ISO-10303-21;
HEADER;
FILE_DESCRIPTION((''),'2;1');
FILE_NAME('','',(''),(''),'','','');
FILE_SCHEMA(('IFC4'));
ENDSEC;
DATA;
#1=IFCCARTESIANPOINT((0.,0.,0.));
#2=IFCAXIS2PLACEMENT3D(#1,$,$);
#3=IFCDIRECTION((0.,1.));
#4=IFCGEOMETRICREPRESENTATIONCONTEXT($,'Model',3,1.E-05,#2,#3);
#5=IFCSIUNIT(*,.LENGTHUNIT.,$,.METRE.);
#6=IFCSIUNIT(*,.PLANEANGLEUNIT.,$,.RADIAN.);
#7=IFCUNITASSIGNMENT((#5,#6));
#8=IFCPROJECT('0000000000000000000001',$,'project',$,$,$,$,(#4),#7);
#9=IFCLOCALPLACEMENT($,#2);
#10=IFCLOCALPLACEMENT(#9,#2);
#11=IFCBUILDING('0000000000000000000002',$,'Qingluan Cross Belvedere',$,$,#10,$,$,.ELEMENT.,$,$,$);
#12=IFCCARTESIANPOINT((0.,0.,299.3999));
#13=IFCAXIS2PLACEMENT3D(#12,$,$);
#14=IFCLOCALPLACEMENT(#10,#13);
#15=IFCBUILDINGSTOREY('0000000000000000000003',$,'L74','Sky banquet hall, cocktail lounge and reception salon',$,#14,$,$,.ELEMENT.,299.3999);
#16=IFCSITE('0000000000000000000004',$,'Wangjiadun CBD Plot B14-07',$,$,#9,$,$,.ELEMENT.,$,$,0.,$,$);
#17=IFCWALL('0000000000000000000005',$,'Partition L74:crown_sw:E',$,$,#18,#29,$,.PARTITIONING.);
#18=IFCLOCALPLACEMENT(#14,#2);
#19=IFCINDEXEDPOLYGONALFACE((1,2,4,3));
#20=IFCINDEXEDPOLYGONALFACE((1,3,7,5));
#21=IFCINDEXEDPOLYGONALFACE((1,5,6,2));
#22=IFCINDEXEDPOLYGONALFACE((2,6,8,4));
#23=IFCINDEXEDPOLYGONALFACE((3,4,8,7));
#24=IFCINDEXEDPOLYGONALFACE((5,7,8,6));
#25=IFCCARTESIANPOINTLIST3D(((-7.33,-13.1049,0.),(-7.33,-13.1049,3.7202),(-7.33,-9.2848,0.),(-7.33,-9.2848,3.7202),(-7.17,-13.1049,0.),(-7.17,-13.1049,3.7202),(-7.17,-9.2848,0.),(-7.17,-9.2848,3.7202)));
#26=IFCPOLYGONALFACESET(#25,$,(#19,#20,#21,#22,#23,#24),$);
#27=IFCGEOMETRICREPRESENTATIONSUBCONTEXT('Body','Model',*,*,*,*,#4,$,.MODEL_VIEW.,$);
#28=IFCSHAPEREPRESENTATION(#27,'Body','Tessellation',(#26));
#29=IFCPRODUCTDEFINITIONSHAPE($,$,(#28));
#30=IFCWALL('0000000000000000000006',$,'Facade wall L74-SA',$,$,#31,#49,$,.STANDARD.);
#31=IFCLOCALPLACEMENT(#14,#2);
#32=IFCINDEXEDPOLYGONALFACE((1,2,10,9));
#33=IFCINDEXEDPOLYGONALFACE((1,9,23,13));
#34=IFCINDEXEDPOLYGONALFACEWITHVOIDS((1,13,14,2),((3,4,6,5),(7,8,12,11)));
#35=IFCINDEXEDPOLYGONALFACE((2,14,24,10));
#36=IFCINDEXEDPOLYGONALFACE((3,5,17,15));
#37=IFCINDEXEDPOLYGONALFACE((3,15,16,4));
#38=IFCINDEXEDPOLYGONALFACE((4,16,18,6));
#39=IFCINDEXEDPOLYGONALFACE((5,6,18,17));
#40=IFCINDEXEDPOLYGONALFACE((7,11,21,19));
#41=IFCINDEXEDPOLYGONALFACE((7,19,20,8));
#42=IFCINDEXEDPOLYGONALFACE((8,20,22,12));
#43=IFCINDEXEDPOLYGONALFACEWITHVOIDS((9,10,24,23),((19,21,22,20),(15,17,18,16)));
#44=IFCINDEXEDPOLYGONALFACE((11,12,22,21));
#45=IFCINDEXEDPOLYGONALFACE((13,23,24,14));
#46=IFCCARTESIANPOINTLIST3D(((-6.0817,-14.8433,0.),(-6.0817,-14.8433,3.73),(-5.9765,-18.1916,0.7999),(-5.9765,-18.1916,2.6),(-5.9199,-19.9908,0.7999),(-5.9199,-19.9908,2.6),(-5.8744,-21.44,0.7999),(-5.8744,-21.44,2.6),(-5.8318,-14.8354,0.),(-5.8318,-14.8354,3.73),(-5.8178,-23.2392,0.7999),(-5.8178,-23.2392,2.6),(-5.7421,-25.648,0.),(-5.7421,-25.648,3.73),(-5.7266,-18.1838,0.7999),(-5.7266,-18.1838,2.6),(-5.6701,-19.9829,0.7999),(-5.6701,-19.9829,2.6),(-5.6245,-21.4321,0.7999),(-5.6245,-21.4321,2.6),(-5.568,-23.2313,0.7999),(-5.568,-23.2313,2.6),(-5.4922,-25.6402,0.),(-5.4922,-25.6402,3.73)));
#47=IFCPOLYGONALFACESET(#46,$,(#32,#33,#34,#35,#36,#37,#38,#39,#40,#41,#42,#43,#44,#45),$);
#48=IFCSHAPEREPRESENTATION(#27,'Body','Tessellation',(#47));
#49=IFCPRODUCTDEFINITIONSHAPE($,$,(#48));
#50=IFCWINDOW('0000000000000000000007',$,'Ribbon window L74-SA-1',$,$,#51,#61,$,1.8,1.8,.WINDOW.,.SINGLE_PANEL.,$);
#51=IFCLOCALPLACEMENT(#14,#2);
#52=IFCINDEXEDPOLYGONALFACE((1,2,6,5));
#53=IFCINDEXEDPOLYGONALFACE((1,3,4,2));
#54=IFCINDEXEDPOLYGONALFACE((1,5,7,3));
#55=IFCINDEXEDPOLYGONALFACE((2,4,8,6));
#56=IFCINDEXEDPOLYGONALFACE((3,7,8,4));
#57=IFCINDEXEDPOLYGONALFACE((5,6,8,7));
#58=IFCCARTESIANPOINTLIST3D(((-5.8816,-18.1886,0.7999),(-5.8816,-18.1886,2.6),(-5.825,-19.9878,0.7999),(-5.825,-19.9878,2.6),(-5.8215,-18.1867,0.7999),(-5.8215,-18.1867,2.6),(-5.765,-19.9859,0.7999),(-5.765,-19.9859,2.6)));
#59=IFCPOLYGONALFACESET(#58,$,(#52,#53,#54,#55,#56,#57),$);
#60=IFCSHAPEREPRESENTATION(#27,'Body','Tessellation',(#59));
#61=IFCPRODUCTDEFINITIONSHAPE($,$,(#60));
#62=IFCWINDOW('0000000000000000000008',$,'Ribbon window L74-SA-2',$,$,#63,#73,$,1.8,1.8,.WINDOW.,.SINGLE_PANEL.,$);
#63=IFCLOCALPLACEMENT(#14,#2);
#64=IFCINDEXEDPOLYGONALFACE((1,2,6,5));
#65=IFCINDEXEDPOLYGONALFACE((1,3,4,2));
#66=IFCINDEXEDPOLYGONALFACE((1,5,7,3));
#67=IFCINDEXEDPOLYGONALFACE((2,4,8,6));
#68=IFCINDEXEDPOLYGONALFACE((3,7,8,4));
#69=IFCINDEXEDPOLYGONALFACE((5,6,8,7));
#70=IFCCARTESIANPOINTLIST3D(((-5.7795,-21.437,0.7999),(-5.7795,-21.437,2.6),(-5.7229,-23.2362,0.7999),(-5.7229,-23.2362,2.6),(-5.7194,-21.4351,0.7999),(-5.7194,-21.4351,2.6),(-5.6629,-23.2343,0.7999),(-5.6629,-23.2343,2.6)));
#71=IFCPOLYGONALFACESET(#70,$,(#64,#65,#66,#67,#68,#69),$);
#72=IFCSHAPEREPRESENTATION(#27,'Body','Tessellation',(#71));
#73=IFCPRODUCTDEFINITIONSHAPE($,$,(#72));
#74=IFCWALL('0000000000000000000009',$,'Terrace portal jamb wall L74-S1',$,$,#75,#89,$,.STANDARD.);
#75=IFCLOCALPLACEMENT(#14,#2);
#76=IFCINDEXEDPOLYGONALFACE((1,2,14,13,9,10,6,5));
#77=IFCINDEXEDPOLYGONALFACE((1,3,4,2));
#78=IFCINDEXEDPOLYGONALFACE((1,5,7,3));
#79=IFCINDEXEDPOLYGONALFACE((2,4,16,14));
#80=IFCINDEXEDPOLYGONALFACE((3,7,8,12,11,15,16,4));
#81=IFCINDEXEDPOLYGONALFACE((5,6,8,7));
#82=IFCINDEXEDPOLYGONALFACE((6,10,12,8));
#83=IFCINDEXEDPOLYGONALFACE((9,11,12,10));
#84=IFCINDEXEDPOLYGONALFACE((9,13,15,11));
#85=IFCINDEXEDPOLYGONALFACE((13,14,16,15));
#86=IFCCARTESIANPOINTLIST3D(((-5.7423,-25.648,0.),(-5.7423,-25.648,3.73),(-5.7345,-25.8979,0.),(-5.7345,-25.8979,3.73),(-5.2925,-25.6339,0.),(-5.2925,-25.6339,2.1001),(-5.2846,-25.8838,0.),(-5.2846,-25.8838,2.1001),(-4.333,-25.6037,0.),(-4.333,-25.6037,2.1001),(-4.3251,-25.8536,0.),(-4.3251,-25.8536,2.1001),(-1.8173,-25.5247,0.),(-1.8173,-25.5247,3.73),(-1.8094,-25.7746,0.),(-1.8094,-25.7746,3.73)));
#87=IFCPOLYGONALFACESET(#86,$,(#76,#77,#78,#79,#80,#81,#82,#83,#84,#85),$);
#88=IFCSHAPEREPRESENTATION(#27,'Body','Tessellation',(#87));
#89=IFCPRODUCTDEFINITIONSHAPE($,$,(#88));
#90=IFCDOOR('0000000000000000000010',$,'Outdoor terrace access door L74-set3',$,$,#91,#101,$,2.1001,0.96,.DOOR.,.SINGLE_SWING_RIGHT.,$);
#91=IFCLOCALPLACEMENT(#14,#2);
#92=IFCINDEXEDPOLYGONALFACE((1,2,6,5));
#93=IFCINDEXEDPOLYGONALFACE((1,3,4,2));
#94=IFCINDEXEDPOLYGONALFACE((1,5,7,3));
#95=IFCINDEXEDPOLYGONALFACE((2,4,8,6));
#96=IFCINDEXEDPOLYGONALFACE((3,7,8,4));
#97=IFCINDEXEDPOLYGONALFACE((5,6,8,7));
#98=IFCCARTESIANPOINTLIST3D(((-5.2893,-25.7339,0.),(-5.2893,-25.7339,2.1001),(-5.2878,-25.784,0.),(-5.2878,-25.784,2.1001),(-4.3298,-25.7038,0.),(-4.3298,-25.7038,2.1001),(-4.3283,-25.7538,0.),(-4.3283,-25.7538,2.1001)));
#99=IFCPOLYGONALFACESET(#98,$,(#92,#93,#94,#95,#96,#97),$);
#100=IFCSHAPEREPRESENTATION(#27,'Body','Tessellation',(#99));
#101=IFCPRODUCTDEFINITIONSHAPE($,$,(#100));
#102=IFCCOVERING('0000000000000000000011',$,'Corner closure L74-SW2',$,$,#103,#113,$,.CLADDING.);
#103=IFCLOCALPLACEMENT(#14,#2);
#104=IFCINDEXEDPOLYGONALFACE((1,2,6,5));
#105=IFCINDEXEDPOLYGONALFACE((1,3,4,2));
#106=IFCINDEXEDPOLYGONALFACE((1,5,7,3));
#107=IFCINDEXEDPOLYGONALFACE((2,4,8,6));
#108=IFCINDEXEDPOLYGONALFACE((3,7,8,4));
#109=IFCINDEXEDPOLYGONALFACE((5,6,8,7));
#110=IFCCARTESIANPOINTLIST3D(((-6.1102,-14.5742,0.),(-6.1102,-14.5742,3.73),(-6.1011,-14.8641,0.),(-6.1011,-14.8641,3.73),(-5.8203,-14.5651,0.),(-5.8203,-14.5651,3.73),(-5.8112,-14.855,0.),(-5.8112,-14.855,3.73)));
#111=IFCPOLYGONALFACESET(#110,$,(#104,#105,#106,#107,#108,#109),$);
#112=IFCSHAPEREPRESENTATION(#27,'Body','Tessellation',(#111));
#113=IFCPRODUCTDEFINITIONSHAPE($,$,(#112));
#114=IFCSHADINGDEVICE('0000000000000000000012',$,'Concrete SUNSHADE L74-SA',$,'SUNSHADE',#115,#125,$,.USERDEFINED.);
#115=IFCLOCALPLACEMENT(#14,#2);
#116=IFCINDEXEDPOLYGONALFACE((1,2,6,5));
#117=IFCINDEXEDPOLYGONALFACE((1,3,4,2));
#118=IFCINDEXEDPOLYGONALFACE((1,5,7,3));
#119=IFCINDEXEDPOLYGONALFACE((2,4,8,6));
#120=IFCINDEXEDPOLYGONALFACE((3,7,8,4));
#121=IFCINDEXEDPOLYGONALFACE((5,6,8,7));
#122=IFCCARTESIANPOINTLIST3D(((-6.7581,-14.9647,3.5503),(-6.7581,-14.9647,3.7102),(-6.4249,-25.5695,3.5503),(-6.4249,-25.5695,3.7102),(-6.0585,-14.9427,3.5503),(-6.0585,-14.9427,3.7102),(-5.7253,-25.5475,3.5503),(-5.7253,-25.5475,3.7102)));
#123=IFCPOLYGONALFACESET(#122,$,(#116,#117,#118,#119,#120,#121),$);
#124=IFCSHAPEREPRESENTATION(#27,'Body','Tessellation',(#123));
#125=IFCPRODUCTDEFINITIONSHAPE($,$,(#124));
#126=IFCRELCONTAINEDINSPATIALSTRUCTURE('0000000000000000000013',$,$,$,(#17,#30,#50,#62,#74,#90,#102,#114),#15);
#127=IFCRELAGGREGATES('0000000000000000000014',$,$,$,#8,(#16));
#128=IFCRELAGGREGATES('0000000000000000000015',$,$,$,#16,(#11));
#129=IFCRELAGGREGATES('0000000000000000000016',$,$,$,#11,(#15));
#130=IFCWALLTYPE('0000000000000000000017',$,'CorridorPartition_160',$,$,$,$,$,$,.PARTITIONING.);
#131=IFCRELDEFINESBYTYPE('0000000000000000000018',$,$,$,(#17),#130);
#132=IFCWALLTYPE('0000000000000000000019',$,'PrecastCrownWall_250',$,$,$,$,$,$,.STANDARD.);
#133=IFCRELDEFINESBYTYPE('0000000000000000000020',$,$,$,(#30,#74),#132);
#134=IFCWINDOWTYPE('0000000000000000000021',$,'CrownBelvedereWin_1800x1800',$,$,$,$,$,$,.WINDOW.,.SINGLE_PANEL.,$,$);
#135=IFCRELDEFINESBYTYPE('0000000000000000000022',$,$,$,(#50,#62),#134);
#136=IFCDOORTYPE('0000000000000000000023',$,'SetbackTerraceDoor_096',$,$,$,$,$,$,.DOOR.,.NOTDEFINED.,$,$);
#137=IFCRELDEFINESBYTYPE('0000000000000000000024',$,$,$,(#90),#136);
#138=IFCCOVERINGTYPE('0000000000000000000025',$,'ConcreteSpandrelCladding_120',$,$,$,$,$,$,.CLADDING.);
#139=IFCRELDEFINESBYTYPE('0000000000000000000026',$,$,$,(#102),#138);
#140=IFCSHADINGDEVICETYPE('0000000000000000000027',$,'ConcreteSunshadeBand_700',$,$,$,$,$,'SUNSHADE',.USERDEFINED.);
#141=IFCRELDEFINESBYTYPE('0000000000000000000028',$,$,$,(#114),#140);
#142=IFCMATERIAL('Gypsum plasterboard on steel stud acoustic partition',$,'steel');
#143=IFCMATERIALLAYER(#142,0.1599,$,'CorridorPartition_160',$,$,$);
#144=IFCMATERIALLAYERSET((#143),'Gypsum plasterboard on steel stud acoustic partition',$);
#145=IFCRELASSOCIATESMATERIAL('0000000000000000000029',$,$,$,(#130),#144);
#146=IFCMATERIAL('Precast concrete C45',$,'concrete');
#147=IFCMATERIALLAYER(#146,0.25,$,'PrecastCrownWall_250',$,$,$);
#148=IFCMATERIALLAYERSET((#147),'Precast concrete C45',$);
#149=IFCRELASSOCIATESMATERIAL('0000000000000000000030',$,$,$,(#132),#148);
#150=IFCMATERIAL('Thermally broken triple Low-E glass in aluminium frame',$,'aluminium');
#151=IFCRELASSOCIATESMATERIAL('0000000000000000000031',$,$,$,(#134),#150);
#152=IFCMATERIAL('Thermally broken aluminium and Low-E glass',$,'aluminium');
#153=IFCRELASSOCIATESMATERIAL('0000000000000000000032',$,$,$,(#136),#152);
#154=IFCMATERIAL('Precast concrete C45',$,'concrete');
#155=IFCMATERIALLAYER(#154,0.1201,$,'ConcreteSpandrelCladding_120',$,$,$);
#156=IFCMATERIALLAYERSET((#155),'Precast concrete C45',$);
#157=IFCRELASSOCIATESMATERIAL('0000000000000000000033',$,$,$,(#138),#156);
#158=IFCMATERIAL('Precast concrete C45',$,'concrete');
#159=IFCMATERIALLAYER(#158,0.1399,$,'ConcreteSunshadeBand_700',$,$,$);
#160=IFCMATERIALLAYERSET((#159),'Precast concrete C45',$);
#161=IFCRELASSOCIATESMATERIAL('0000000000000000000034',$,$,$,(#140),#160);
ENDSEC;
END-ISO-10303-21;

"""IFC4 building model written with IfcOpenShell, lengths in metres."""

from ifc_helpers import new_model, si_unit, direction, frame, frame_2d, origin, origin_2d, place, context, subcontext, project, spatial, rectangle, extrude, material, layer, layer_set, type_object, element, fill, save


model = new_model("IFC4")

# Units and contexts
model_context = context("Model", 3, precision=1e-05, world=origin(), true_north=direction((0.0, 1.0)))
body_context = subcontext(model_context, "Body", "Model", "MODEL_VIEW")
ifc_project = project(units=[si_unit("LENGTHUNIT", "METRE"), si_unit("PLANEANGLEUNIT", "RADIAN")], contexts=[model_context])

# Site, building, storey
site_placement = place(None, origin())
site = spatial("IfcSite", under=ifc_project, at=site_placement, Name="Wangjiadun CBD Plot B14-07", CompositionType="ELEMENT", RefElevation=0.0)
building_placement = place(site_placement, origin())
building = spatial("IfcBuilding", under=site, at=building_placement, Name="Qingluan Cross Belvedere", CompositionType="ELEMENT")
storey_placement = place(building_placement, frame((0.0, 0.0, 299.3999)))
storey = spatial("IfcBuildingStorey", under=building, at=storey_placement, Name="L74", Description="Sky banquet hall, cocktail lounge and reception salon", CompositionType="ELEMENT", Elevation=299.3999)

# Wall
ifc_material_1 = material(Name="Gypsum plasterboard on steel stud acoustic partition", Category="steel")
ifc_layer_1 = layer(ifc_material_1, 0.1599, Name="CorridorPartition_160")
ifc_layer_set_1 = layer_set([ifc_layer_1], Name="Gypsum plasterboard on steel stud acoustic partition")
wall_type_1 = type_object("IfcWallType", Name="CorridorPartition_160", PredefinedType="PARTITIONING", material=ifc_layer_set_1)
wall_1_placement = place(storey_placement, frame((-7.25, -13.105, 0.0), z_axis=(0.0, 0.0, 1.0), x_axis=(0.0, 1.0, 0.0)))
element("IfcWall", 1, at=wall_1_placement, inside=storey, type_object=wall_type_1, Name="Partition L74:crown_sw:E", PredefinedType="PARTITIONING", context=body_context, shape_type="SweptSolid", body=[
    extrude(rectangle(XDim=3.8201, YDim=0.1599, at=frame_2d((1.9102, 0.0))), origin(), (0.0, 0.0, 1.0), 3.7202),
])

# Wall, openings, windows
ifc_material_2 = material(Name="Precast concrete C45", Category="concrete")
ifc_layer_2 = layer(ifc_material_2, 0.25, Name="PrecastCrownWall_250")
ifc_layer_set_2 = layer_set([ifc_layer_2], Name="Precast concrete C45")
wall_type_2 = type_object("IfcWallType", Name="PrecastCrownWall_250", PredefinedType="STANDARD", material=ifc_layer_set_2)
wall_2_placement = place(storey_placement, frame((-5.9568, -14.8394, 0.0), z_axis=(0.0, 0.0, 1.0), x_axis=(0.031415, -0.999506, 0.0)))
wall_2 = element("IfcWall", 2, at=wall_2_placement, inside=storey, type_object=wall_type_2, Name="Facade wall L74-SA", PredefinedType="STANDARD", context=body_context, shape_type="SweptSolid", body=[
    extrude(rectangle(XDim=10.8101, YDim=0.25, at=frame_2d((5.405, 0.0))), origin(), (0.0, 0.0, 1.0), 3.73),
])
opening_1_placement = place(wall_2_placement, frame((3.3501, 0.0, 0.8)))
opening_1 = element("IfcOpeningElement", 3, at=opening_1_placement, cuts=wall_2, PredefinedType="OPENING", context=body_context, shape_type="SweptSolid", body=[
    extrude(rectangle(XDim=1.8, YDim=1.8, at=frame_2d((0.8999, 0.8999))), frame((0.0, 0.135, 0.0), z_axis=(0.0, -1.0, 0.0), x_axis=(1.0, 0.0, 0.0)), (0.0, 0.0, 1.0), 0.27),
])
opening_2_placement = place(wall_2_placement, frame((6.6001, 0.0, 0.8)))
opening_2 = element("IfcOpeningElement", 4, at=opening_2_placement, cuts=wall_2, PredefinedType="OPENING", context=body_context, shape_type="SweptSolid", body=[
    extrude(rectangle(XDim=1.8, YDim=1.8, at=frame_2d((0.8999, 0.8999))), frame((0.0, 0.135, 0.0), z_axis=(0.0, -1.0, 0.0), x_axis=(1.0, 0.0, 0.0)), (0.0, 0.0, 1.0), 0.27),
])
ifc_material_3 = material(Name="Thermally broken triple Low-E glass in aluminium frame", Category="aluminium")
window_type = type_object("IfcWindowType", Name="CrownBelvedereWin_1800x1800", PartitioningType="SINGLE_PANEL", PredefinedType="WINDOW", material=ifc_material_3)
window_1_placement = place(opening_1_placement, origin())
window_1 = element("IfcWindow", 5, at=window_1_placement, inside=storey, type_object=window_type, Name="Ribbon window L74-SA-1", OverallHeight=1.8, OverallWidth=1.8, PartitioningType="SINGLE_PANEL", PredefinedType="WINDOW", context=body_context, shape_type="SweptSolid", body=[
    extrude(rectangle(XDim=1.8, YDim=1.8, at=frame_2d((0.8999, 0.8999))), frame((0.0, 0.03, 0.0), z_axis=(0.0, -1.0, 0.0), x_axis=(1.0, 0.0, 0.0)), (0.0, 0.0, 1.0), 0.0601),
])
fill(opening_1, window_1)
window_2_placement = place(opening_2_placement, origin())
window_2 = element("IfcWindow", 6, at=window_2_placement, inside=storey, type_object=window_type, Name="Ribbon window L74-SA-2", OverallHeight=1.8, OverallWidth=1.8, PartitioningType="SINGLE_PANEL", PredefinedType="WINDOW", context=body_context, shape_type="SweptSolid", body=[
    extrude(rectangle(XDim=1.8, YDim=1.8, at=frame_2d((0.8999, 0.8999))), frame((0.0, 0.03, 0.0), z_axis=(0.0, -1.0, 0.0), x_axis=(1.0, 0.0, 0.0)), (0.0, 0.0, 1.0), 0.0601),
])
fill(opening_2, window_2)

# Wall, opening, door
wall_3_placement = place(storey_placement, frame((-5.7383, -25.7729, 0.0), z_axis=(0.0, 0.0, 1.0), x_axis=(0.999507, 0.031396, 0.0)))
wall_3 = element("IfcWall", 7, at=wall_3_placement, inside=storey, type_object=wall_type_2, Name="Terrace portal jamb wall L74-S1", PredefinedType="STANDARD", context=body_context, shape_type="SweptSolid", body=[
    extrude(rectangle(XDim=3.927, YDim=0.25, at=frame_2d((1.9634, 0.0))), origin(), (0.0, 0.0, 1.0), 3.73),
])
opening_3_placement = place(wall_3_placement, frame((0.45, 0.0, 0.0)))
opening_3 = element("IfcOpeningElement", 8, at=opening_3_placement, cuts=wall_3, PredefinedType="OPENING", context=body_context, shape_type="SweptSolid", body=[
    extrude(rectangle(XDim=0.96, YDim=2.1001, at=frame_2d((0.48, 1.05))), frame((0.0, 0.135, 0.0), z_axis=(0.0, -1.0, 0.0), x_axis=(1.0, 0.0, 0.0)), (0.0, 0.0, 1.0), 0.27),
])
ifc_material_4 = material(Name="Thermally broken aluminium and Low-E glass", Category="aluminium")
door_type = type_object("IfcDoorType", Name="SetbackTerraceDoor_096", OperationType="NOTDEFINED", PredefinedType="DOOR", material=ifc_material_4)
door_placement = place(opening_3_placement, origin())
door = element("IfcDoor", 9, at=door_placement, inside=storey, type_object=door_type, Name="Outdoor terrace access door L74-set3", OperationType="SINGLE_SWING_RIGHT", OverallHeight=2.1001, OverallWidth=0.96, PredefinedType="DOOR", context=body_context, shape_type="SweptSolid", body=[
    extrude(rectangle(XDim=0.96, YDim=2.1001, at=frame_2d((0.48, 1.05))), frame((0.0, 0.0249, 0.0), z_axis=(0.0, -1.0, 0.0), x_axis=(1.0, 0.0, 0.0)), (0.0, 0.0, 1.0), 0.05),
])
fill(opening_3, door)

# Covering
ifc_material_5 = material(Name="Precast concrete C45", Category="concrete")
ifc_layer_3 = layer(ifc_material_5, 0.1201, Name="ConcreteSpandrelCladding_120")
ifc_layer_set_3 = layer_set([ifc_layer_3], Name="Precast concrete C45")
covering_type = type_object("IfcCoveringType", Name="ConcreteSpandrelCladding_120", PredefinedType="CLADDING", material=ifc_layer_set_3)
covering_placement = place(storey_placement, frame((-5.9607, -14.7146, 0.0), z_axis=(0.0, 0.0, 1.0), x_axis=(0.999507, 0.031411, 0.0)))
element("IfcCovering", 10, at=covering_placement, inside=storey, type_object=covering_type, Name="Corner closure L74-SW2", PredefinedType="CLADDING", context=body_context, shape_type="SweptSolid", body=[
    extrude(rectangle(XDim=0.29, YDim=0.29, at=origin_2d()), origin(), (0.0, 0.0, 1.0), 3.73),
])

# Shading device
ifc_material_6 = material(Name="Precast concrete C45", Category="concrete")
ifc_layer_4 = layer(ifc_material_6, 0.1399, Name="ConcreteSunshadeBand_700")
ifc_layer_set_4 = layer_set([ifc_layer_4], Name="Precast concrete C45")
shading_device_type = type_object("IfcShadingDeviceType", Name="ConcreteSunshadeBand_700", ElementType="SUNSHADE", PredefinedType="USERDEFINED", material=ifc_layer_set_4)
shading_device_placement = place(storey_placement, frame((-6.2417, -20.2561, 3.5503), z_axis=(0.0, 0.0, 1.0), x_axis=(0.031406, -0.999507, 0.0)))
element("IfcShadingDevice", 11, at=shading_device_placement, inside=storey, type_object=shading_device_type, Name="Concrete SUNSHADE L74-SA", ObjectType="SUNSHADE", PredefinedType="USERDEFINED", context=body_context, shape_type="SweptSolid", body=[
    extrude(rectangle(XDim=10.6101, YDim=0.7, at=origin_2d()), origin(), (0.0, 0.0, 1.0), 0.1599),
])

save(model, "model.ifc")
